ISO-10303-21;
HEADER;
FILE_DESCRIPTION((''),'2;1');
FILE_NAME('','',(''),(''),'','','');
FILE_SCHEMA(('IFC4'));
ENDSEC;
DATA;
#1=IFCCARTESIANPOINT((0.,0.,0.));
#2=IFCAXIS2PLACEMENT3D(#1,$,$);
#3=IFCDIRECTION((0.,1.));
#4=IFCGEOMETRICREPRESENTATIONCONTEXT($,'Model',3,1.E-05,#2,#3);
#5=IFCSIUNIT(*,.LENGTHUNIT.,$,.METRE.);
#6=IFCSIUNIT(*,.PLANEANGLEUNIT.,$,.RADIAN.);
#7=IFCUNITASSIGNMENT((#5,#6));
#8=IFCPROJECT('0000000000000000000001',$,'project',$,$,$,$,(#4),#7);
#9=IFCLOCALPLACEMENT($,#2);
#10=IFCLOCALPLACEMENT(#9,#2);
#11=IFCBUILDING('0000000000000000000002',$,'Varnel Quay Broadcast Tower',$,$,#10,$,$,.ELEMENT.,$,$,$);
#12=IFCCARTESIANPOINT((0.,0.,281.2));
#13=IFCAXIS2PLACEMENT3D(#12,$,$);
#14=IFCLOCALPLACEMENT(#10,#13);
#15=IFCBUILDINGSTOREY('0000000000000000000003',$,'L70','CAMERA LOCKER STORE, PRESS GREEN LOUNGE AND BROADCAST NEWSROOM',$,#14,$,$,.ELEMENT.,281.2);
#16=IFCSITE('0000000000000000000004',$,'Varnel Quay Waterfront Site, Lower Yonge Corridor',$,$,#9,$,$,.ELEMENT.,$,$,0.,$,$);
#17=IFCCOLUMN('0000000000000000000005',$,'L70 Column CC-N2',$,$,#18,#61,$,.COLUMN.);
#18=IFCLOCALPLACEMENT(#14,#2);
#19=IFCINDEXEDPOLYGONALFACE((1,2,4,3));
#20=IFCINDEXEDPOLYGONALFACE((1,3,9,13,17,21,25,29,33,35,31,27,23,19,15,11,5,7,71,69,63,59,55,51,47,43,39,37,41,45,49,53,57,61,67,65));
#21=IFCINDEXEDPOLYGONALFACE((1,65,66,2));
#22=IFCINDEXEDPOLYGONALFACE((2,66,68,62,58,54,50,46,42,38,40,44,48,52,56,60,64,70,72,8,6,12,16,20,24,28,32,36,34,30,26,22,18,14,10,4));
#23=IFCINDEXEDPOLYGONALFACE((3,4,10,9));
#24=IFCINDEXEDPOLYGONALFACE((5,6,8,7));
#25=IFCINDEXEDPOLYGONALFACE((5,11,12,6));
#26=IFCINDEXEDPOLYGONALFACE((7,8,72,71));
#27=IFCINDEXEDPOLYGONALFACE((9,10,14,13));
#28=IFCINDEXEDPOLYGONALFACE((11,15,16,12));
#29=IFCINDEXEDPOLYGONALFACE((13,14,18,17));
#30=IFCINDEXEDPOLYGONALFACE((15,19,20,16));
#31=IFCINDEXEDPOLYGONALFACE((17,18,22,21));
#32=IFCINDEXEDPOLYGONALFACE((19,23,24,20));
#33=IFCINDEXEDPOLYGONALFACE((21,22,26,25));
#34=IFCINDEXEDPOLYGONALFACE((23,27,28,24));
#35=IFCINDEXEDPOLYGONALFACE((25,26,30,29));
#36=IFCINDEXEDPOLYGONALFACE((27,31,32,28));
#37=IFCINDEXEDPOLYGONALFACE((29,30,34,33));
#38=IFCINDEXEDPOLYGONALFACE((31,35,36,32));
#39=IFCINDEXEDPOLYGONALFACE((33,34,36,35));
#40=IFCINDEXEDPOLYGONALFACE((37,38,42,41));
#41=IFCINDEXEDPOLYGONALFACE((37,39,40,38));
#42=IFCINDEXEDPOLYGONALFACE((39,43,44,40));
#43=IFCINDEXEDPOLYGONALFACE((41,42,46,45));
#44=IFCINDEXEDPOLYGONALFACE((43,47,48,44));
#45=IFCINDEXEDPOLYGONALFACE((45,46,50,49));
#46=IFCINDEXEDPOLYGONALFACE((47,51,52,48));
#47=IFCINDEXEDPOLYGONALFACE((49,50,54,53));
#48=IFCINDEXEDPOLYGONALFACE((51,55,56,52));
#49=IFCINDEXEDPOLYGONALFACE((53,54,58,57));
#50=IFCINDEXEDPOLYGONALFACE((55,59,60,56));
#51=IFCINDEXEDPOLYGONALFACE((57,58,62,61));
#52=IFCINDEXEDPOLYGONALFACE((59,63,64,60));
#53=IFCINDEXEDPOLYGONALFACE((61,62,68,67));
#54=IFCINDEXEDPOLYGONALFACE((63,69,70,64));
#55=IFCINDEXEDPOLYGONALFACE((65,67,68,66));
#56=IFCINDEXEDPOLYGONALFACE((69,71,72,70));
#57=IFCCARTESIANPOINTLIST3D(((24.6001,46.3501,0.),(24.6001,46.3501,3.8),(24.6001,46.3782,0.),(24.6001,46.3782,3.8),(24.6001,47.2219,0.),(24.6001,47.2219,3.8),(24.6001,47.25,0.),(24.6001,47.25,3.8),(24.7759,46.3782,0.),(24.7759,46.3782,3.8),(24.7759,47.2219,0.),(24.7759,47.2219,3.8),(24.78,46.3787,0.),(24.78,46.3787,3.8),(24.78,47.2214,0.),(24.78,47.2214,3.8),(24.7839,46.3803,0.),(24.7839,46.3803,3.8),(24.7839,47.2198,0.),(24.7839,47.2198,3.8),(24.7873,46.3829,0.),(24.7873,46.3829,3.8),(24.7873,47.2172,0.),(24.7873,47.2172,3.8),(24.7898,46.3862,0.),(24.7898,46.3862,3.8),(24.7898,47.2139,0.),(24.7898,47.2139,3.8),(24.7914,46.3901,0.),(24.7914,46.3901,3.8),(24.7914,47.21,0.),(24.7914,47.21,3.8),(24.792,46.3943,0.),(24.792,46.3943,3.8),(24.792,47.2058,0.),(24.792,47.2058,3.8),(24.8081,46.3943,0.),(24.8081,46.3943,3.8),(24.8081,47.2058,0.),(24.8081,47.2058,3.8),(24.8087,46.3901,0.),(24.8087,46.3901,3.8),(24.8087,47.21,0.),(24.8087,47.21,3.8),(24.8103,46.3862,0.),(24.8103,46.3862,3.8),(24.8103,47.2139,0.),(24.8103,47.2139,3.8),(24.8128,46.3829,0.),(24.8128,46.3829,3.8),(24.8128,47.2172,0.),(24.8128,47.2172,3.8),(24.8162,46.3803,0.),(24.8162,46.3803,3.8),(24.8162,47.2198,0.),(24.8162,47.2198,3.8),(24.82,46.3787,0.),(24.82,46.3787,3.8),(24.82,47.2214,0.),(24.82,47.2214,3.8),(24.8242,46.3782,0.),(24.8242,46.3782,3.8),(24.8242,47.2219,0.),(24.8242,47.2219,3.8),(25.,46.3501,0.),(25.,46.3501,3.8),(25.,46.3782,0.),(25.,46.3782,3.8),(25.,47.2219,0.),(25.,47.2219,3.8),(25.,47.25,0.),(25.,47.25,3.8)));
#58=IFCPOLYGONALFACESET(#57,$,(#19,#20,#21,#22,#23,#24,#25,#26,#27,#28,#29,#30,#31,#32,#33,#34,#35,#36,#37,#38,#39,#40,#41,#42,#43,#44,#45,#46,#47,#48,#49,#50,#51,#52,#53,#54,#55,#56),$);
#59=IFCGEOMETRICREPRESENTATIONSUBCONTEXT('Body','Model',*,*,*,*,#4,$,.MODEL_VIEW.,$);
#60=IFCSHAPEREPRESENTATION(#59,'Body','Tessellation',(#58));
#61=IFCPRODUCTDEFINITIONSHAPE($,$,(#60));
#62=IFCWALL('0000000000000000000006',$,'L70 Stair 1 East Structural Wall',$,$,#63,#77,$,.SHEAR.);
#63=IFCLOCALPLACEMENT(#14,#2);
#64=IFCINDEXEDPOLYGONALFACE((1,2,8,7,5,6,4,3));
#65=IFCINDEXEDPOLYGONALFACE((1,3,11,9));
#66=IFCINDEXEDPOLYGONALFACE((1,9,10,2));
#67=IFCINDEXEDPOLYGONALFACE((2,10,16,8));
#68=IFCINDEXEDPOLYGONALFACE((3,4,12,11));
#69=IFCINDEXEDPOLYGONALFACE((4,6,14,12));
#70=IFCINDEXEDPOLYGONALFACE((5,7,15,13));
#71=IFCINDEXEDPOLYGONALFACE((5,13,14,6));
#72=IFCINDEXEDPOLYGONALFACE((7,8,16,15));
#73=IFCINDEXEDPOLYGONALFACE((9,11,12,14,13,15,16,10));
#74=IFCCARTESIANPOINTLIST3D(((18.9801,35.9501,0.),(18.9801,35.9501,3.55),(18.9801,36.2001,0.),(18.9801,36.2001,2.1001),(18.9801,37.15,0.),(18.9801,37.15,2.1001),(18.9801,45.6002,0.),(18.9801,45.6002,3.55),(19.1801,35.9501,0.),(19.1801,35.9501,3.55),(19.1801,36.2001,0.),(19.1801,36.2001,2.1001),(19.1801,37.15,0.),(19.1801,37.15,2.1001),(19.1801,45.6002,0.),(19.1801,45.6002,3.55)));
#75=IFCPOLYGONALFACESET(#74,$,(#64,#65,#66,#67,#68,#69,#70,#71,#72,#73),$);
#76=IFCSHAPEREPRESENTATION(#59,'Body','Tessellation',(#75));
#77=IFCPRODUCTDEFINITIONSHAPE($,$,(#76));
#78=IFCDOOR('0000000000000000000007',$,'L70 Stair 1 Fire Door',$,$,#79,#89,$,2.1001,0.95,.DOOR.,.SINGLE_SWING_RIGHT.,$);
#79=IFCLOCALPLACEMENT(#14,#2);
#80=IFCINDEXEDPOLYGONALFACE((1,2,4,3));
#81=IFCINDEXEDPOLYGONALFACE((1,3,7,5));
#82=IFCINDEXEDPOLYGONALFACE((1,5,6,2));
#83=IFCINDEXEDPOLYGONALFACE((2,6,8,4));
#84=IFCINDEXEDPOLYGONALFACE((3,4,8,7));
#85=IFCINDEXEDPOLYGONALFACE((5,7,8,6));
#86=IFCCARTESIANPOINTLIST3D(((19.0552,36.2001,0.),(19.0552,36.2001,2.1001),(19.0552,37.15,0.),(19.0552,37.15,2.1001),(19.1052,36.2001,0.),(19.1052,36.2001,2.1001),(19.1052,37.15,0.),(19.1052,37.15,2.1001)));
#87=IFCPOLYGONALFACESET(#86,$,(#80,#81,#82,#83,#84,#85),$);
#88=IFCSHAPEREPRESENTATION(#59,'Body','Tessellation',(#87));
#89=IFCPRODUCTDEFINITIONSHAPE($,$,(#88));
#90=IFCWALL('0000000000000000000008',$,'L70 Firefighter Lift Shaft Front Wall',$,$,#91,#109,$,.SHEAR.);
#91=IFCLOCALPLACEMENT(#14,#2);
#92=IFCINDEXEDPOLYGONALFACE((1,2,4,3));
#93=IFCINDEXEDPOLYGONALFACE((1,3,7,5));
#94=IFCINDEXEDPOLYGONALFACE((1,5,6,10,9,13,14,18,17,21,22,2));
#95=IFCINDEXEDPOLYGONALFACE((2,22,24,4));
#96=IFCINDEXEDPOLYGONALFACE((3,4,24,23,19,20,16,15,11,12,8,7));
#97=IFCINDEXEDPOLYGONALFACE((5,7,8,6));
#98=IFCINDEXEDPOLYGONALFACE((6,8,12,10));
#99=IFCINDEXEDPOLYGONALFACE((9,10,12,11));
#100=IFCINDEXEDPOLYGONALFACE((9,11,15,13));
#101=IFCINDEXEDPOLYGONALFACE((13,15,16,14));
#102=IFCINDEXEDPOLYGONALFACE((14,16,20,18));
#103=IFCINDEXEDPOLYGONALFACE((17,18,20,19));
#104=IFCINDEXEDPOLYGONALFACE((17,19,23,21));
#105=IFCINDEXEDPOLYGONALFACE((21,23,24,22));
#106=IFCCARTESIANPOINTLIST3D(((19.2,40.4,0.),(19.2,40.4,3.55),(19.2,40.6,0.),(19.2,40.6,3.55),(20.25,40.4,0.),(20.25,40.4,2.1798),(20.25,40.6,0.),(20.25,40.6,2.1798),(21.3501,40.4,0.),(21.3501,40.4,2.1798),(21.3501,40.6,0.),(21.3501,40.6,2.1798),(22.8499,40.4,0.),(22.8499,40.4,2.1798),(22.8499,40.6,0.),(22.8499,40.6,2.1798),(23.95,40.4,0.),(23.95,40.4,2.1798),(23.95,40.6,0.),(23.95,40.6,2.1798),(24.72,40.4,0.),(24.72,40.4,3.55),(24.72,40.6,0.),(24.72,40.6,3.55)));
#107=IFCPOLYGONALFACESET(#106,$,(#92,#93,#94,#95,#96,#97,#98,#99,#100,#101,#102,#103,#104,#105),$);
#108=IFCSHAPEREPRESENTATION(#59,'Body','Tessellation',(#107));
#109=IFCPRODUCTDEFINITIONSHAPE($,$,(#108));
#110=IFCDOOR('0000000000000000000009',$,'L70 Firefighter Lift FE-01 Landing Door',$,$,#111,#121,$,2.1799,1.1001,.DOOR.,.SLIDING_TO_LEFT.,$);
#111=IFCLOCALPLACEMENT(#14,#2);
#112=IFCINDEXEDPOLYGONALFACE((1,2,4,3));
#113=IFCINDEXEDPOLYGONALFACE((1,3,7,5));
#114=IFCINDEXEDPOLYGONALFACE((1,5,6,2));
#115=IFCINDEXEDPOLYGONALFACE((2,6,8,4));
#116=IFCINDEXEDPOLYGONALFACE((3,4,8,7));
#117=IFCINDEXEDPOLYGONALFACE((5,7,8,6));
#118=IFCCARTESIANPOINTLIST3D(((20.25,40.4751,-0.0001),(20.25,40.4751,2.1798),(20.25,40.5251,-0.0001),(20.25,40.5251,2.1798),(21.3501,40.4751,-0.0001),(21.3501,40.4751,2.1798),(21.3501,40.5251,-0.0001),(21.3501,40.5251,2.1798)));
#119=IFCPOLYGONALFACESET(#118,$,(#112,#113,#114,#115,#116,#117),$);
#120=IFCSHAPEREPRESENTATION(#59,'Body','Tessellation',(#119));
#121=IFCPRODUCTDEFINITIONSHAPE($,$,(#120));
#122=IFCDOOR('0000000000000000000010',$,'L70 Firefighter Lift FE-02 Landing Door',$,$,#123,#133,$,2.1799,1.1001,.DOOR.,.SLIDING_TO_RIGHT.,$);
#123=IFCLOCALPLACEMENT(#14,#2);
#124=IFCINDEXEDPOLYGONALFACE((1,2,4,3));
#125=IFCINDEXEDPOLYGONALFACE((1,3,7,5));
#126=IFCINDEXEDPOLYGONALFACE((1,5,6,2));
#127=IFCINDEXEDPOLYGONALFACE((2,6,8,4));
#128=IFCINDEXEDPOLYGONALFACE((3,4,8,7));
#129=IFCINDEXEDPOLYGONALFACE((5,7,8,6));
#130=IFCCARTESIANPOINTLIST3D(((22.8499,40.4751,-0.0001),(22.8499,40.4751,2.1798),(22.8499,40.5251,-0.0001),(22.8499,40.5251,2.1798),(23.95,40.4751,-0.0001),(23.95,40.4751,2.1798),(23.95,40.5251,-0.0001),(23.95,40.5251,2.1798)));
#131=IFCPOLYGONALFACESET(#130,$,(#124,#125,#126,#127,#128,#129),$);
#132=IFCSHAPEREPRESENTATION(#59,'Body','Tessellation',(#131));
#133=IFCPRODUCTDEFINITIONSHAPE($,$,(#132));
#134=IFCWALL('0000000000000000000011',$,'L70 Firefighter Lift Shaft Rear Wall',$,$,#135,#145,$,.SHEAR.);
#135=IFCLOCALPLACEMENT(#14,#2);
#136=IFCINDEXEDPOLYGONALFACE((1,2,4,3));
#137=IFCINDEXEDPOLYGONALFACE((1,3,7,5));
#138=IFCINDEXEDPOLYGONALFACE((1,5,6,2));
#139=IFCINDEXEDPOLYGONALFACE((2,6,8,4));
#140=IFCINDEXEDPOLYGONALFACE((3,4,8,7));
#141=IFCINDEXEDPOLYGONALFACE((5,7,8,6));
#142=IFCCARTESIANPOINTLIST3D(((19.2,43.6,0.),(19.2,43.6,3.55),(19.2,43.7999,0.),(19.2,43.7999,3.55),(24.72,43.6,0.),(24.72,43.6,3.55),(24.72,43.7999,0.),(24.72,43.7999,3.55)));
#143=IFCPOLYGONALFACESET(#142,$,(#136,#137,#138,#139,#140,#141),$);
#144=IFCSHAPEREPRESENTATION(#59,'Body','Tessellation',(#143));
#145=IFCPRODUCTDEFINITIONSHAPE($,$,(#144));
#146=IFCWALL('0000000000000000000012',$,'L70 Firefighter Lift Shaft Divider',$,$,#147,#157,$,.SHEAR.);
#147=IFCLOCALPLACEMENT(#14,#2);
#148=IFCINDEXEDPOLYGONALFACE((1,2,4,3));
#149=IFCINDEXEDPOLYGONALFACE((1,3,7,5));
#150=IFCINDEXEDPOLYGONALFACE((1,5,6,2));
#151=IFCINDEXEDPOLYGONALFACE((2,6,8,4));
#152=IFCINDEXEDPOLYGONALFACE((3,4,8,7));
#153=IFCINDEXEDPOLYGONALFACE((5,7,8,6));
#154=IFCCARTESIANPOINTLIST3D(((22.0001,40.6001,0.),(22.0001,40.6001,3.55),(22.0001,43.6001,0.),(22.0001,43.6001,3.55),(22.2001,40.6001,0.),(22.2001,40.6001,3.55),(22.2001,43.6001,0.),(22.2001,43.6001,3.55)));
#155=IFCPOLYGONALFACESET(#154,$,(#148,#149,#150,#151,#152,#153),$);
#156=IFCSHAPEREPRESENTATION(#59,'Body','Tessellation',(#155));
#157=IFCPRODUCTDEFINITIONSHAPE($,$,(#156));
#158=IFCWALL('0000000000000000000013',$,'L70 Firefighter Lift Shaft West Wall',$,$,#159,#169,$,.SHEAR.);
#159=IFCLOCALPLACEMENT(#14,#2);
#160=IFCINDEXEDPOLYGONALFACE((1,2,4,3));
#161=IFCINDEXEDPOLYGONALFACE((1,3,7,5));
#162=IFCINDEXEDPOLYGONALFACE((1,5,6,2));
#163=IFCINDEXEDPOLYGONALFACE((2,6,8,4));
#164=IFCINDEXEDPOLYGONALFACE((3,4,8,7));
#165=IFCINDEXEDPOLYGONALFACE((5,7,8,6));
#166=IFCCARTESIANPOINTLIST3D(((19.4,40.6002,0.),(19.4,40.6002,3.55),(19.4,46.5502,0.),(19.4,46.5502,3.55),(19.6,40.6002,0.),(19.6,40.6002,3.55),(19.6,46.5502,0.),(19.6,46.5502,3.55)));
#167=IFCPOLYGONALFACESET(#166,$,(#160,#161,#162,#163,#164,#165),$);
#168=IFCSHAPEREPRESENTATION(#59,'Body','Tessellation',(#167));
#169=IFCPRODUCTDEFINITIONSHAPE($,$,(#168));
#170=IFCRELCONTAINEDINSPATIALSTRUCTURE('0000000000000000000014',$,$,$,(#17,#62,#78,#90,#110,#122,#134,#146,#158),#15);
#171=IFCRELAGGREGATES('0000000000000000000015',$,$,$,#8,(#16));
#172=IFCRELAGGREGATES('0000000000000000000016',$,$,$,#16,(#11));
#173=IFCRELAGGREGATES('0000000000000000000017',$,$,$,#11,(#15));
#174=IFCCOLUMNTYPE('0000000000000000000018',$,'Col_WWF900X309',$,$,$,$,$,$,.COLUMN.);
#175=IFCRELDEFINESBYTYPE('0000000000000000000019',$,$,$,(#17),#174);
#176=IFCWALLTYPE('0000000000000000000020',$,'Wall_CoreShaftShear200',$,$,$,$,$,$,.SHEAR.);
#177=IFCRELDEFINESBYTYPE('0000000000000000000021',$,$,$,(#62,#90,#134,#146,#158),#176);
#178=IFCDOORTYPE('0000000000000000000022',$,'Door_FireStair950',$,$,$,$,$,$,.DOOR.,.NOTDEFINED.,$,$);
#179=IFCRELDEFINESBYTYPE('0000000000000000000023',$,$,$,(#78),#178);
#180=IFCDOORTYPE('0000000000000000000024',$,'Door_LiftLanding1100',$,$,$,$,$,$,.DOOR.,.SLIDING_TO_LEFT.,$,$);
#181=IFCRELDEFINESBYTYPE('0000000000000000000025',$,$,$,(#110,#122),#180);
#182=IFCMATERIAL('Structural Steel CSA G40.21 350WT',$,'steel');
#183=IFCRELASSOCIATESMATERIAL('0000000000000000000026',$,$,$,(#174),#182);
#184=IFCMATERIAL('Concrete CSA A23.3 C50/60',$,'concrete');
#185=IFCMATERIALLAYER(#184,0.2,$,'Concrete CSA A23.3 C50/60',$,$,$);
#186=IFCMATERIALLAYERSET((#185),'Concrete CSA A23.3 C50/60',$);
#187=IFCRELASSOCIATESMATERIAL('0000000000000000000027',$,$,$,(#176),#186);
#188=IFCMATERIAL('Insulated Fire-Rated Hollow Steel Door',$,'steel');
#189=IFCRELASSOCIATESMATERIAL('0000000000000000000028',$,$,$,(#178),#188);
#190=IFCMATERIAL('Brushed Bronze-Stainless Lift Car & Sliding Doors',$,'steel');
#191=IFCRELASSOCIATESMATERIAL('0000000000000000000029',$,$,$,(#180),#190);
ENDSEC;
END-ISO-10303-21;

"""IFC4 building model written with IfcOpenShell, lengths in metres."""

from ifc_helpers import new_model, si_unit, direction, frame, frame_2d, origin, origin_2d, place, context, subcontext, project, spatial, rectangle, i_section, extrude, source, transform, mapped, material, layer, layer_set, material_profile, profile_set, type_object, type_shapes, element, fill, save


model = new_model("IFC4")

# Units and contexts
model_context = context("Model", 3, precision=1e-05, world=origin(), true_north=direction((0.0, 1.0)))
body_context = subcontext(model_context, "Body", "Model", "MODEL_VIEW")
ifc_project = project(units=[si_unit("LENGTHUNIT", "METRE"), si_unit("PLANEANGLEUNIT", "RADIAN")], contexts=[model_context])

# Site, building, storey
site_placement = place(None, origin())
site = spatial("IfcSite", under=ifc_project, at=site_placement, Name="Varnel Quay Waterfront Site, Lower Yonge Corridor", CompositionType="ELEMENT", RefElevation=0.0)
building_placement = place(site_placement, origin())
building = spatial("IfcBuilding", under=site, at=building_placement, Name="Varnel Quay Broadcast Tower", CompositionType="ELEMENT")
storey_placement = place(building_placement, frame((0.0, 0.0, 281.2)))
storey = spatial("IfcBuildingStorey", under=building, at=storey_placement, Name="L70", Description="CAMERA LOCKER STORE, PRESS GREEN LOUNGE AND BROADCAST NEWSROOM", CompositionType="ELEMENT", Elevation=281.2)

# Column
ifc_material_1 = material(Name="Structural Steel CSA G40.21 350WT", Category="steel")
ifc_material_profile = material_profile(ifc_material_1, i_section(OverallWidth=0.3999, OverallDepth=0.8999, WebThickness=0.0161, FlangeThickness=0.0281, FilletRadius=0.0161, at=origin_2d()), Name="WWF900X309")
ifc_profile_set = profile_set([ifc_material_profile], Name="Structural Steel CSA G40.21 350WT")
column_type = type_object("IfcColumnType", Name="Col_WWF900X309", PredefinedType="COLUMN", material=ifc_profile_set)
shared_shape_1 = source(origin(), body_context, "Body", "SweptSolid", [
    extrude(i_section(OverallWidth=0.3999, OverallDepth=0.8999, WebThickness=0.0161, FlangeThickness=0.0281, FilletRadius=0.0161, at=origin_2d()), origin(), (0.0, 0.0, 1.0), 3.8),
])
type_shapes(column_type, [shared_shape_1])
column_placement = place(storey_placement, frame((24.8, 46.8, 0.0), z_axis=(0.0, 0.0, 1.0), x_axis=(1.0, 0.0, 0.0)))
element("IfcColumn", 1, at=column_placement, inside=storey, type_object=column_type, Name="L70 Column CC-N2", PredefinedType="COLUMN", context=body_context, shape_type="MappedRepresentation", body=[
    mapped(shared_shape_1, transform((0.0, 0.0, 0.0), x_axis=(1.0, 0.0, 0.0), y_axis=(0.0, 1.0, 0.0), z_axis=(0.0, 0.0, 1.0), scale=1.0)),
])

# Wall, opening, door
ifc_material_2 = material(Name="Concrete CSA A23.3 C50/60", Category="concrete")
ifc_layer_1 = layer(ifc_material_2, 0.2, Name="Concrete CSA A23.3 C50/60")
ifc_layer_set_1 = layer_set([ifc_layer_1], Name="Concrete CSA A23.3 C50/60")
wall_type_1 = type_object("IfcWallType", Name="Wall_CoreShaftShear200", PredefinedType="SHEAR", material=ifc_layer_set_1)
wall_1_placement = place(storey_placement, frame((19.0801, 35.95, 0.0), z_axis=(0.0, 0.0, 1.0), x_axis=(0.0, 1.0, 0.0)))
wall_1 = element("IfcWall", 2, at=wall_1_placement, inside=storey, type_object=wall_type_1, Name="L70 Stair 1 East Structural Wall", PredefinedType="SHEAR", context=body_context, shape_type="SweptSolid", body=[
    extrude(rectangle(XDim=9.6501, YDim=0.2, at=frame_2d((4.8252, 0.0))), origin(), (0.0, 0.0, 1.0), 3.55),
])
opening_1_placement = place(wall_1_placement, frame((0.25, 0.0, 0.0)))
opening_1 = element("IfcOpeningElement", 3, at=opening_1_placement, cuts=wall_1, PredefinedType="OPENING", context=body_context, shape_type="SweptSolid", body=[
    extrude(rectangle(XDim=0.95, YDim=2.1001, at=frame_2d((0.4751, 1.05))), frame((0.0, 0.1099, 0.0), z_axis=(0.0, -1.0, 0.0), x_axis=(1.0, 0.0, 0.0)), (0.0, 0.0, 1.0), 0.22),
])
ifc_material_3 = material(Name="Insulated Fire-Rated Hollow Steel Door", Category="steel")
door_type_1 = type_object("IfcDoorType", Name="Door_FireStair950", OperationType="NOTDEFINED", PredefinedType="DOOR", material=ifc_material_3)
shared_shape_2 = source(origin(), body_context, "Body", "SweptSolid", [
    extrude(rectangle(XDim=0.95, YDim=2.1001, at=frame_2d((0.4751, 1.05))), frame((0.0, 0.0249, 0.0), z_axis=(0.0, -1.0, 0.0), x_axis=(1.0, 0.0, 0.0)), (0.0, 0.0, 1.0), 0.05),
])
type_shapes(door_type_1, [shared_shape_2])
door_1_placement = place(opening_1_placement, origin())
door_1 = element("IfcDoor", 4, at=door_1_placement, inside=storey, type_object=door_type_1, Name="L70 Stair 1 Fire Door", OperationType="SINGLE_SWING_RIGHT", OverallHeight=2.1001, OverallWidth=0.95, PredefinedType="DOOR", context=body_context, shape_type="MappedRepresentation", body=[
    mapped(shared_shape_2, transform((0.0, 0.0, 0.0), x_axis=(1.0, 0.0, 0.0), y_axis=(0.0, 1.0, 0.0), z_axis=(0.0, 0.0, 1.0), scale=1.0)),
])
fill(opening_1, door_1)

# Wall, openings, doors
wall_2_placement = place(storey_placement, frame((19.2, 40.5, 0.0), z_axis=(0.0, 0.0, 1.0), x_axis=(1.0, 0.0, 0.0)))
wall_2 = element("IfcWall", 5, at=wall_2_placement, inside=storey, type_object=wall_type_1, Name="L70 Firefighter Lift Shaft Front Wall", PredefinedType="SHEAR", context=body_context, shape_type="SweptSolid", body=[
    extrude(rectangle(XDim=5.52, YDim=0.2, at=frame_2d((2.76, 0.0))), origin(), (0.0, 0.0, 1.0), 3.55),
])
opening_2_placement = place(wall_2_placement, frame((1.05, 0.0, 0.0)))
opening_2 = element("IfcOpeningElement", 6, at=opening_2_placement, cuts=wall_2, PredefinedType="OPENING", context=body_context, shape_type="SweptSolid", body=[
    extrude(rectangle(XDim=1.1001, YDim=2.1799, at=frame_2d((0.55, 1.0898))), frame((0.0, 0.1099, 0.0), z_axis=(0.0, -1.0, 0.0), x_axis=(1.0, 0.0, 0.0)), (0.0, 0.0, 1.0), 0.22),
])
opening_3_placement = place(wall_2_placement, frame((3.6499, 0.0, 0.0)))
opening_3 = element("IfcOpeningElement", 7, at=opening_3_placement, cuts=wall_2, PredefinedType="OPENING", context=body_context, shape_type="SweptSolid", body=[
    extrude(rectangle(XDim=1.1001, YDim=2.1799, at=frame_2d((0.55, 1.0898))), frame((0.0, 0.1099, 0.0), z_axis=(0.0, -1.0, 0.0), x_axis=(1.0, 0.0, 0.0)), (0.0, 0.0, 1.0), 0.22),
])
ifc_material_4 = material(Name="Brushed Bronze-Stainless Lift Car & Sliding Doors", Category="steel")
door_type_2 = type_object("IfcDoorType", Name="Door_LiftLanding1100", OperationType="SLIDING_TO_LEFT", PredefinedType="DOOR", material=ifc_material_4)
shared_shape_3 = source(origin(), body_context, "Body", "SweptSolid", [
    extrude(rectangle(XDim=1.1001, YDim=2.1799, at=frame_2d((0.55, 1.0898))), frame((0.0, 0.0249, 0.0), z_axis=(0.0, -1.0, 0.0), x_axis=(1.0, 0.0, 0.0)), (0.0, 0.0, 1.0), 0.05),
])
type_shapes(door_type_2, [shared_shape_3])
door_2_placement = place(opening_2_placement, frame((1.1001, 0.0, 0.0), z_axis=(0.0, 0.0, 1.0), x_axis=(-1.0, 0.0, 0.0)))
door_2 = element("IfcDoor", 8, at=door_2_placement, inside=storey, type_object=door_type_2, Name="L70 Firefighter Lift FE-01 Landing Door", OperationType="SLIDING_TO_LEFT", OverallHeight=2.1799, OverallWidth=1.1001, PredefinedType="DOOR", context=body_context, shape_type="MappedRepresentation", body=[
    mapped(shared_shape_3, transform((0.0, 0.0, 0.0), x_axis=(1.0, 0.0, 0.0), y_axis=(0.0, 1.0, 0.0), z_axis=(0.0, 0.0, 1.0), scale=1.0)),
])
fill(opening_2, door_2)
door_3_placement = place(opening_3_placement, frame((1.1001, 0.0, 0.0), z_axis=(0.0, 0.0, 1.0), x_axis=(-1.0, 0.0, 0.0)))
door_3 = element("IfcDoor", 9, at=door_3_placement, inside=storey, type_object=door_type_2, Name="L70 Firefighter Lift FE-02 Landing Door", OperationType="SLIDING_TO_RIGHT", OverallHeight=2.1799, OverallWidth=1.1001, PredefinedType="DOOR", context=body_context, shape_type="MappedRepresentation", body=[
    mapped(shared_shape_3, transform((0.0, 0.0, 0.0), x_axis=(1.0, 0.0, 0.0), y_axis=(0.0, 1.0, 0.0), z_axis=(0.0, 0.0, 1.0), scale=1.0)),
])
fill(opening_3, door_3)

# Walls
wall_3_placement = place(storey_placement, frame((19.2, 43.7, 0.0), z_axis=(0.0, 0.0, 1.0), x_axis=(1.0, 0.0, 0.0)))
element("IfcWall", 10, at=wall_3_placement, inside=storey, type_object=wall_type_1, Name="L70 Firefighter Lift Shaft Rear Wall", PredefinedType="SHEAR", context=body_context, shape_type="SweptSolid", body=[
    extrude(rectangle(XDim=5.52, YDim=0.2, at=frame_2d((2.76, 0.0))), origin(), (0.0, 0.0, 1.0), 3.55),
])
wall_4_placement = place(storey_placement, frame((22.1001, 40.6001, 0.0), z_axis=(0.0, 0.0, 1.0), x_axis=(0.0, 1.0, 0.0)))
element("IfcWall", 11, at=wall_4_placement, inside=storey, type_object=wall_type_1, Name="L70 Firefighter Lift Shaft Divider", PredefinedType="SHEAR", context=body_context, shape_type="SweptSolid", body=[
    extrude(rectangle(XDim=3.0, YDim=0.2, at=frame_2d((1.5, 0.0))), origin(), (0.0, 0.0, 1.0), 3.55),
])
wall_5_placement = place(storey_placement, frame((19.5, 40.6001, 0.0), z_axis=(0.0, 0.0, 1.0), x_axis=(0.0, 1.0, 0.0)))
element("IfcWall", 12, at=wall_5_placement, inside=storey, type_object=wall_type_1, Name="L70 Firefighter Lift Shaft West Wall", PredefinedType="SHEAR", context=body_context, shape_type="SweptSolid", body=[
    extrude(rectangle(XDim=5.95, YDim=0.2, at=frame_2d((2.9751, 0.0))), origin(), (0.0, 0.0, 1.0), 3.55),
])

save(model, "model.ifc")
